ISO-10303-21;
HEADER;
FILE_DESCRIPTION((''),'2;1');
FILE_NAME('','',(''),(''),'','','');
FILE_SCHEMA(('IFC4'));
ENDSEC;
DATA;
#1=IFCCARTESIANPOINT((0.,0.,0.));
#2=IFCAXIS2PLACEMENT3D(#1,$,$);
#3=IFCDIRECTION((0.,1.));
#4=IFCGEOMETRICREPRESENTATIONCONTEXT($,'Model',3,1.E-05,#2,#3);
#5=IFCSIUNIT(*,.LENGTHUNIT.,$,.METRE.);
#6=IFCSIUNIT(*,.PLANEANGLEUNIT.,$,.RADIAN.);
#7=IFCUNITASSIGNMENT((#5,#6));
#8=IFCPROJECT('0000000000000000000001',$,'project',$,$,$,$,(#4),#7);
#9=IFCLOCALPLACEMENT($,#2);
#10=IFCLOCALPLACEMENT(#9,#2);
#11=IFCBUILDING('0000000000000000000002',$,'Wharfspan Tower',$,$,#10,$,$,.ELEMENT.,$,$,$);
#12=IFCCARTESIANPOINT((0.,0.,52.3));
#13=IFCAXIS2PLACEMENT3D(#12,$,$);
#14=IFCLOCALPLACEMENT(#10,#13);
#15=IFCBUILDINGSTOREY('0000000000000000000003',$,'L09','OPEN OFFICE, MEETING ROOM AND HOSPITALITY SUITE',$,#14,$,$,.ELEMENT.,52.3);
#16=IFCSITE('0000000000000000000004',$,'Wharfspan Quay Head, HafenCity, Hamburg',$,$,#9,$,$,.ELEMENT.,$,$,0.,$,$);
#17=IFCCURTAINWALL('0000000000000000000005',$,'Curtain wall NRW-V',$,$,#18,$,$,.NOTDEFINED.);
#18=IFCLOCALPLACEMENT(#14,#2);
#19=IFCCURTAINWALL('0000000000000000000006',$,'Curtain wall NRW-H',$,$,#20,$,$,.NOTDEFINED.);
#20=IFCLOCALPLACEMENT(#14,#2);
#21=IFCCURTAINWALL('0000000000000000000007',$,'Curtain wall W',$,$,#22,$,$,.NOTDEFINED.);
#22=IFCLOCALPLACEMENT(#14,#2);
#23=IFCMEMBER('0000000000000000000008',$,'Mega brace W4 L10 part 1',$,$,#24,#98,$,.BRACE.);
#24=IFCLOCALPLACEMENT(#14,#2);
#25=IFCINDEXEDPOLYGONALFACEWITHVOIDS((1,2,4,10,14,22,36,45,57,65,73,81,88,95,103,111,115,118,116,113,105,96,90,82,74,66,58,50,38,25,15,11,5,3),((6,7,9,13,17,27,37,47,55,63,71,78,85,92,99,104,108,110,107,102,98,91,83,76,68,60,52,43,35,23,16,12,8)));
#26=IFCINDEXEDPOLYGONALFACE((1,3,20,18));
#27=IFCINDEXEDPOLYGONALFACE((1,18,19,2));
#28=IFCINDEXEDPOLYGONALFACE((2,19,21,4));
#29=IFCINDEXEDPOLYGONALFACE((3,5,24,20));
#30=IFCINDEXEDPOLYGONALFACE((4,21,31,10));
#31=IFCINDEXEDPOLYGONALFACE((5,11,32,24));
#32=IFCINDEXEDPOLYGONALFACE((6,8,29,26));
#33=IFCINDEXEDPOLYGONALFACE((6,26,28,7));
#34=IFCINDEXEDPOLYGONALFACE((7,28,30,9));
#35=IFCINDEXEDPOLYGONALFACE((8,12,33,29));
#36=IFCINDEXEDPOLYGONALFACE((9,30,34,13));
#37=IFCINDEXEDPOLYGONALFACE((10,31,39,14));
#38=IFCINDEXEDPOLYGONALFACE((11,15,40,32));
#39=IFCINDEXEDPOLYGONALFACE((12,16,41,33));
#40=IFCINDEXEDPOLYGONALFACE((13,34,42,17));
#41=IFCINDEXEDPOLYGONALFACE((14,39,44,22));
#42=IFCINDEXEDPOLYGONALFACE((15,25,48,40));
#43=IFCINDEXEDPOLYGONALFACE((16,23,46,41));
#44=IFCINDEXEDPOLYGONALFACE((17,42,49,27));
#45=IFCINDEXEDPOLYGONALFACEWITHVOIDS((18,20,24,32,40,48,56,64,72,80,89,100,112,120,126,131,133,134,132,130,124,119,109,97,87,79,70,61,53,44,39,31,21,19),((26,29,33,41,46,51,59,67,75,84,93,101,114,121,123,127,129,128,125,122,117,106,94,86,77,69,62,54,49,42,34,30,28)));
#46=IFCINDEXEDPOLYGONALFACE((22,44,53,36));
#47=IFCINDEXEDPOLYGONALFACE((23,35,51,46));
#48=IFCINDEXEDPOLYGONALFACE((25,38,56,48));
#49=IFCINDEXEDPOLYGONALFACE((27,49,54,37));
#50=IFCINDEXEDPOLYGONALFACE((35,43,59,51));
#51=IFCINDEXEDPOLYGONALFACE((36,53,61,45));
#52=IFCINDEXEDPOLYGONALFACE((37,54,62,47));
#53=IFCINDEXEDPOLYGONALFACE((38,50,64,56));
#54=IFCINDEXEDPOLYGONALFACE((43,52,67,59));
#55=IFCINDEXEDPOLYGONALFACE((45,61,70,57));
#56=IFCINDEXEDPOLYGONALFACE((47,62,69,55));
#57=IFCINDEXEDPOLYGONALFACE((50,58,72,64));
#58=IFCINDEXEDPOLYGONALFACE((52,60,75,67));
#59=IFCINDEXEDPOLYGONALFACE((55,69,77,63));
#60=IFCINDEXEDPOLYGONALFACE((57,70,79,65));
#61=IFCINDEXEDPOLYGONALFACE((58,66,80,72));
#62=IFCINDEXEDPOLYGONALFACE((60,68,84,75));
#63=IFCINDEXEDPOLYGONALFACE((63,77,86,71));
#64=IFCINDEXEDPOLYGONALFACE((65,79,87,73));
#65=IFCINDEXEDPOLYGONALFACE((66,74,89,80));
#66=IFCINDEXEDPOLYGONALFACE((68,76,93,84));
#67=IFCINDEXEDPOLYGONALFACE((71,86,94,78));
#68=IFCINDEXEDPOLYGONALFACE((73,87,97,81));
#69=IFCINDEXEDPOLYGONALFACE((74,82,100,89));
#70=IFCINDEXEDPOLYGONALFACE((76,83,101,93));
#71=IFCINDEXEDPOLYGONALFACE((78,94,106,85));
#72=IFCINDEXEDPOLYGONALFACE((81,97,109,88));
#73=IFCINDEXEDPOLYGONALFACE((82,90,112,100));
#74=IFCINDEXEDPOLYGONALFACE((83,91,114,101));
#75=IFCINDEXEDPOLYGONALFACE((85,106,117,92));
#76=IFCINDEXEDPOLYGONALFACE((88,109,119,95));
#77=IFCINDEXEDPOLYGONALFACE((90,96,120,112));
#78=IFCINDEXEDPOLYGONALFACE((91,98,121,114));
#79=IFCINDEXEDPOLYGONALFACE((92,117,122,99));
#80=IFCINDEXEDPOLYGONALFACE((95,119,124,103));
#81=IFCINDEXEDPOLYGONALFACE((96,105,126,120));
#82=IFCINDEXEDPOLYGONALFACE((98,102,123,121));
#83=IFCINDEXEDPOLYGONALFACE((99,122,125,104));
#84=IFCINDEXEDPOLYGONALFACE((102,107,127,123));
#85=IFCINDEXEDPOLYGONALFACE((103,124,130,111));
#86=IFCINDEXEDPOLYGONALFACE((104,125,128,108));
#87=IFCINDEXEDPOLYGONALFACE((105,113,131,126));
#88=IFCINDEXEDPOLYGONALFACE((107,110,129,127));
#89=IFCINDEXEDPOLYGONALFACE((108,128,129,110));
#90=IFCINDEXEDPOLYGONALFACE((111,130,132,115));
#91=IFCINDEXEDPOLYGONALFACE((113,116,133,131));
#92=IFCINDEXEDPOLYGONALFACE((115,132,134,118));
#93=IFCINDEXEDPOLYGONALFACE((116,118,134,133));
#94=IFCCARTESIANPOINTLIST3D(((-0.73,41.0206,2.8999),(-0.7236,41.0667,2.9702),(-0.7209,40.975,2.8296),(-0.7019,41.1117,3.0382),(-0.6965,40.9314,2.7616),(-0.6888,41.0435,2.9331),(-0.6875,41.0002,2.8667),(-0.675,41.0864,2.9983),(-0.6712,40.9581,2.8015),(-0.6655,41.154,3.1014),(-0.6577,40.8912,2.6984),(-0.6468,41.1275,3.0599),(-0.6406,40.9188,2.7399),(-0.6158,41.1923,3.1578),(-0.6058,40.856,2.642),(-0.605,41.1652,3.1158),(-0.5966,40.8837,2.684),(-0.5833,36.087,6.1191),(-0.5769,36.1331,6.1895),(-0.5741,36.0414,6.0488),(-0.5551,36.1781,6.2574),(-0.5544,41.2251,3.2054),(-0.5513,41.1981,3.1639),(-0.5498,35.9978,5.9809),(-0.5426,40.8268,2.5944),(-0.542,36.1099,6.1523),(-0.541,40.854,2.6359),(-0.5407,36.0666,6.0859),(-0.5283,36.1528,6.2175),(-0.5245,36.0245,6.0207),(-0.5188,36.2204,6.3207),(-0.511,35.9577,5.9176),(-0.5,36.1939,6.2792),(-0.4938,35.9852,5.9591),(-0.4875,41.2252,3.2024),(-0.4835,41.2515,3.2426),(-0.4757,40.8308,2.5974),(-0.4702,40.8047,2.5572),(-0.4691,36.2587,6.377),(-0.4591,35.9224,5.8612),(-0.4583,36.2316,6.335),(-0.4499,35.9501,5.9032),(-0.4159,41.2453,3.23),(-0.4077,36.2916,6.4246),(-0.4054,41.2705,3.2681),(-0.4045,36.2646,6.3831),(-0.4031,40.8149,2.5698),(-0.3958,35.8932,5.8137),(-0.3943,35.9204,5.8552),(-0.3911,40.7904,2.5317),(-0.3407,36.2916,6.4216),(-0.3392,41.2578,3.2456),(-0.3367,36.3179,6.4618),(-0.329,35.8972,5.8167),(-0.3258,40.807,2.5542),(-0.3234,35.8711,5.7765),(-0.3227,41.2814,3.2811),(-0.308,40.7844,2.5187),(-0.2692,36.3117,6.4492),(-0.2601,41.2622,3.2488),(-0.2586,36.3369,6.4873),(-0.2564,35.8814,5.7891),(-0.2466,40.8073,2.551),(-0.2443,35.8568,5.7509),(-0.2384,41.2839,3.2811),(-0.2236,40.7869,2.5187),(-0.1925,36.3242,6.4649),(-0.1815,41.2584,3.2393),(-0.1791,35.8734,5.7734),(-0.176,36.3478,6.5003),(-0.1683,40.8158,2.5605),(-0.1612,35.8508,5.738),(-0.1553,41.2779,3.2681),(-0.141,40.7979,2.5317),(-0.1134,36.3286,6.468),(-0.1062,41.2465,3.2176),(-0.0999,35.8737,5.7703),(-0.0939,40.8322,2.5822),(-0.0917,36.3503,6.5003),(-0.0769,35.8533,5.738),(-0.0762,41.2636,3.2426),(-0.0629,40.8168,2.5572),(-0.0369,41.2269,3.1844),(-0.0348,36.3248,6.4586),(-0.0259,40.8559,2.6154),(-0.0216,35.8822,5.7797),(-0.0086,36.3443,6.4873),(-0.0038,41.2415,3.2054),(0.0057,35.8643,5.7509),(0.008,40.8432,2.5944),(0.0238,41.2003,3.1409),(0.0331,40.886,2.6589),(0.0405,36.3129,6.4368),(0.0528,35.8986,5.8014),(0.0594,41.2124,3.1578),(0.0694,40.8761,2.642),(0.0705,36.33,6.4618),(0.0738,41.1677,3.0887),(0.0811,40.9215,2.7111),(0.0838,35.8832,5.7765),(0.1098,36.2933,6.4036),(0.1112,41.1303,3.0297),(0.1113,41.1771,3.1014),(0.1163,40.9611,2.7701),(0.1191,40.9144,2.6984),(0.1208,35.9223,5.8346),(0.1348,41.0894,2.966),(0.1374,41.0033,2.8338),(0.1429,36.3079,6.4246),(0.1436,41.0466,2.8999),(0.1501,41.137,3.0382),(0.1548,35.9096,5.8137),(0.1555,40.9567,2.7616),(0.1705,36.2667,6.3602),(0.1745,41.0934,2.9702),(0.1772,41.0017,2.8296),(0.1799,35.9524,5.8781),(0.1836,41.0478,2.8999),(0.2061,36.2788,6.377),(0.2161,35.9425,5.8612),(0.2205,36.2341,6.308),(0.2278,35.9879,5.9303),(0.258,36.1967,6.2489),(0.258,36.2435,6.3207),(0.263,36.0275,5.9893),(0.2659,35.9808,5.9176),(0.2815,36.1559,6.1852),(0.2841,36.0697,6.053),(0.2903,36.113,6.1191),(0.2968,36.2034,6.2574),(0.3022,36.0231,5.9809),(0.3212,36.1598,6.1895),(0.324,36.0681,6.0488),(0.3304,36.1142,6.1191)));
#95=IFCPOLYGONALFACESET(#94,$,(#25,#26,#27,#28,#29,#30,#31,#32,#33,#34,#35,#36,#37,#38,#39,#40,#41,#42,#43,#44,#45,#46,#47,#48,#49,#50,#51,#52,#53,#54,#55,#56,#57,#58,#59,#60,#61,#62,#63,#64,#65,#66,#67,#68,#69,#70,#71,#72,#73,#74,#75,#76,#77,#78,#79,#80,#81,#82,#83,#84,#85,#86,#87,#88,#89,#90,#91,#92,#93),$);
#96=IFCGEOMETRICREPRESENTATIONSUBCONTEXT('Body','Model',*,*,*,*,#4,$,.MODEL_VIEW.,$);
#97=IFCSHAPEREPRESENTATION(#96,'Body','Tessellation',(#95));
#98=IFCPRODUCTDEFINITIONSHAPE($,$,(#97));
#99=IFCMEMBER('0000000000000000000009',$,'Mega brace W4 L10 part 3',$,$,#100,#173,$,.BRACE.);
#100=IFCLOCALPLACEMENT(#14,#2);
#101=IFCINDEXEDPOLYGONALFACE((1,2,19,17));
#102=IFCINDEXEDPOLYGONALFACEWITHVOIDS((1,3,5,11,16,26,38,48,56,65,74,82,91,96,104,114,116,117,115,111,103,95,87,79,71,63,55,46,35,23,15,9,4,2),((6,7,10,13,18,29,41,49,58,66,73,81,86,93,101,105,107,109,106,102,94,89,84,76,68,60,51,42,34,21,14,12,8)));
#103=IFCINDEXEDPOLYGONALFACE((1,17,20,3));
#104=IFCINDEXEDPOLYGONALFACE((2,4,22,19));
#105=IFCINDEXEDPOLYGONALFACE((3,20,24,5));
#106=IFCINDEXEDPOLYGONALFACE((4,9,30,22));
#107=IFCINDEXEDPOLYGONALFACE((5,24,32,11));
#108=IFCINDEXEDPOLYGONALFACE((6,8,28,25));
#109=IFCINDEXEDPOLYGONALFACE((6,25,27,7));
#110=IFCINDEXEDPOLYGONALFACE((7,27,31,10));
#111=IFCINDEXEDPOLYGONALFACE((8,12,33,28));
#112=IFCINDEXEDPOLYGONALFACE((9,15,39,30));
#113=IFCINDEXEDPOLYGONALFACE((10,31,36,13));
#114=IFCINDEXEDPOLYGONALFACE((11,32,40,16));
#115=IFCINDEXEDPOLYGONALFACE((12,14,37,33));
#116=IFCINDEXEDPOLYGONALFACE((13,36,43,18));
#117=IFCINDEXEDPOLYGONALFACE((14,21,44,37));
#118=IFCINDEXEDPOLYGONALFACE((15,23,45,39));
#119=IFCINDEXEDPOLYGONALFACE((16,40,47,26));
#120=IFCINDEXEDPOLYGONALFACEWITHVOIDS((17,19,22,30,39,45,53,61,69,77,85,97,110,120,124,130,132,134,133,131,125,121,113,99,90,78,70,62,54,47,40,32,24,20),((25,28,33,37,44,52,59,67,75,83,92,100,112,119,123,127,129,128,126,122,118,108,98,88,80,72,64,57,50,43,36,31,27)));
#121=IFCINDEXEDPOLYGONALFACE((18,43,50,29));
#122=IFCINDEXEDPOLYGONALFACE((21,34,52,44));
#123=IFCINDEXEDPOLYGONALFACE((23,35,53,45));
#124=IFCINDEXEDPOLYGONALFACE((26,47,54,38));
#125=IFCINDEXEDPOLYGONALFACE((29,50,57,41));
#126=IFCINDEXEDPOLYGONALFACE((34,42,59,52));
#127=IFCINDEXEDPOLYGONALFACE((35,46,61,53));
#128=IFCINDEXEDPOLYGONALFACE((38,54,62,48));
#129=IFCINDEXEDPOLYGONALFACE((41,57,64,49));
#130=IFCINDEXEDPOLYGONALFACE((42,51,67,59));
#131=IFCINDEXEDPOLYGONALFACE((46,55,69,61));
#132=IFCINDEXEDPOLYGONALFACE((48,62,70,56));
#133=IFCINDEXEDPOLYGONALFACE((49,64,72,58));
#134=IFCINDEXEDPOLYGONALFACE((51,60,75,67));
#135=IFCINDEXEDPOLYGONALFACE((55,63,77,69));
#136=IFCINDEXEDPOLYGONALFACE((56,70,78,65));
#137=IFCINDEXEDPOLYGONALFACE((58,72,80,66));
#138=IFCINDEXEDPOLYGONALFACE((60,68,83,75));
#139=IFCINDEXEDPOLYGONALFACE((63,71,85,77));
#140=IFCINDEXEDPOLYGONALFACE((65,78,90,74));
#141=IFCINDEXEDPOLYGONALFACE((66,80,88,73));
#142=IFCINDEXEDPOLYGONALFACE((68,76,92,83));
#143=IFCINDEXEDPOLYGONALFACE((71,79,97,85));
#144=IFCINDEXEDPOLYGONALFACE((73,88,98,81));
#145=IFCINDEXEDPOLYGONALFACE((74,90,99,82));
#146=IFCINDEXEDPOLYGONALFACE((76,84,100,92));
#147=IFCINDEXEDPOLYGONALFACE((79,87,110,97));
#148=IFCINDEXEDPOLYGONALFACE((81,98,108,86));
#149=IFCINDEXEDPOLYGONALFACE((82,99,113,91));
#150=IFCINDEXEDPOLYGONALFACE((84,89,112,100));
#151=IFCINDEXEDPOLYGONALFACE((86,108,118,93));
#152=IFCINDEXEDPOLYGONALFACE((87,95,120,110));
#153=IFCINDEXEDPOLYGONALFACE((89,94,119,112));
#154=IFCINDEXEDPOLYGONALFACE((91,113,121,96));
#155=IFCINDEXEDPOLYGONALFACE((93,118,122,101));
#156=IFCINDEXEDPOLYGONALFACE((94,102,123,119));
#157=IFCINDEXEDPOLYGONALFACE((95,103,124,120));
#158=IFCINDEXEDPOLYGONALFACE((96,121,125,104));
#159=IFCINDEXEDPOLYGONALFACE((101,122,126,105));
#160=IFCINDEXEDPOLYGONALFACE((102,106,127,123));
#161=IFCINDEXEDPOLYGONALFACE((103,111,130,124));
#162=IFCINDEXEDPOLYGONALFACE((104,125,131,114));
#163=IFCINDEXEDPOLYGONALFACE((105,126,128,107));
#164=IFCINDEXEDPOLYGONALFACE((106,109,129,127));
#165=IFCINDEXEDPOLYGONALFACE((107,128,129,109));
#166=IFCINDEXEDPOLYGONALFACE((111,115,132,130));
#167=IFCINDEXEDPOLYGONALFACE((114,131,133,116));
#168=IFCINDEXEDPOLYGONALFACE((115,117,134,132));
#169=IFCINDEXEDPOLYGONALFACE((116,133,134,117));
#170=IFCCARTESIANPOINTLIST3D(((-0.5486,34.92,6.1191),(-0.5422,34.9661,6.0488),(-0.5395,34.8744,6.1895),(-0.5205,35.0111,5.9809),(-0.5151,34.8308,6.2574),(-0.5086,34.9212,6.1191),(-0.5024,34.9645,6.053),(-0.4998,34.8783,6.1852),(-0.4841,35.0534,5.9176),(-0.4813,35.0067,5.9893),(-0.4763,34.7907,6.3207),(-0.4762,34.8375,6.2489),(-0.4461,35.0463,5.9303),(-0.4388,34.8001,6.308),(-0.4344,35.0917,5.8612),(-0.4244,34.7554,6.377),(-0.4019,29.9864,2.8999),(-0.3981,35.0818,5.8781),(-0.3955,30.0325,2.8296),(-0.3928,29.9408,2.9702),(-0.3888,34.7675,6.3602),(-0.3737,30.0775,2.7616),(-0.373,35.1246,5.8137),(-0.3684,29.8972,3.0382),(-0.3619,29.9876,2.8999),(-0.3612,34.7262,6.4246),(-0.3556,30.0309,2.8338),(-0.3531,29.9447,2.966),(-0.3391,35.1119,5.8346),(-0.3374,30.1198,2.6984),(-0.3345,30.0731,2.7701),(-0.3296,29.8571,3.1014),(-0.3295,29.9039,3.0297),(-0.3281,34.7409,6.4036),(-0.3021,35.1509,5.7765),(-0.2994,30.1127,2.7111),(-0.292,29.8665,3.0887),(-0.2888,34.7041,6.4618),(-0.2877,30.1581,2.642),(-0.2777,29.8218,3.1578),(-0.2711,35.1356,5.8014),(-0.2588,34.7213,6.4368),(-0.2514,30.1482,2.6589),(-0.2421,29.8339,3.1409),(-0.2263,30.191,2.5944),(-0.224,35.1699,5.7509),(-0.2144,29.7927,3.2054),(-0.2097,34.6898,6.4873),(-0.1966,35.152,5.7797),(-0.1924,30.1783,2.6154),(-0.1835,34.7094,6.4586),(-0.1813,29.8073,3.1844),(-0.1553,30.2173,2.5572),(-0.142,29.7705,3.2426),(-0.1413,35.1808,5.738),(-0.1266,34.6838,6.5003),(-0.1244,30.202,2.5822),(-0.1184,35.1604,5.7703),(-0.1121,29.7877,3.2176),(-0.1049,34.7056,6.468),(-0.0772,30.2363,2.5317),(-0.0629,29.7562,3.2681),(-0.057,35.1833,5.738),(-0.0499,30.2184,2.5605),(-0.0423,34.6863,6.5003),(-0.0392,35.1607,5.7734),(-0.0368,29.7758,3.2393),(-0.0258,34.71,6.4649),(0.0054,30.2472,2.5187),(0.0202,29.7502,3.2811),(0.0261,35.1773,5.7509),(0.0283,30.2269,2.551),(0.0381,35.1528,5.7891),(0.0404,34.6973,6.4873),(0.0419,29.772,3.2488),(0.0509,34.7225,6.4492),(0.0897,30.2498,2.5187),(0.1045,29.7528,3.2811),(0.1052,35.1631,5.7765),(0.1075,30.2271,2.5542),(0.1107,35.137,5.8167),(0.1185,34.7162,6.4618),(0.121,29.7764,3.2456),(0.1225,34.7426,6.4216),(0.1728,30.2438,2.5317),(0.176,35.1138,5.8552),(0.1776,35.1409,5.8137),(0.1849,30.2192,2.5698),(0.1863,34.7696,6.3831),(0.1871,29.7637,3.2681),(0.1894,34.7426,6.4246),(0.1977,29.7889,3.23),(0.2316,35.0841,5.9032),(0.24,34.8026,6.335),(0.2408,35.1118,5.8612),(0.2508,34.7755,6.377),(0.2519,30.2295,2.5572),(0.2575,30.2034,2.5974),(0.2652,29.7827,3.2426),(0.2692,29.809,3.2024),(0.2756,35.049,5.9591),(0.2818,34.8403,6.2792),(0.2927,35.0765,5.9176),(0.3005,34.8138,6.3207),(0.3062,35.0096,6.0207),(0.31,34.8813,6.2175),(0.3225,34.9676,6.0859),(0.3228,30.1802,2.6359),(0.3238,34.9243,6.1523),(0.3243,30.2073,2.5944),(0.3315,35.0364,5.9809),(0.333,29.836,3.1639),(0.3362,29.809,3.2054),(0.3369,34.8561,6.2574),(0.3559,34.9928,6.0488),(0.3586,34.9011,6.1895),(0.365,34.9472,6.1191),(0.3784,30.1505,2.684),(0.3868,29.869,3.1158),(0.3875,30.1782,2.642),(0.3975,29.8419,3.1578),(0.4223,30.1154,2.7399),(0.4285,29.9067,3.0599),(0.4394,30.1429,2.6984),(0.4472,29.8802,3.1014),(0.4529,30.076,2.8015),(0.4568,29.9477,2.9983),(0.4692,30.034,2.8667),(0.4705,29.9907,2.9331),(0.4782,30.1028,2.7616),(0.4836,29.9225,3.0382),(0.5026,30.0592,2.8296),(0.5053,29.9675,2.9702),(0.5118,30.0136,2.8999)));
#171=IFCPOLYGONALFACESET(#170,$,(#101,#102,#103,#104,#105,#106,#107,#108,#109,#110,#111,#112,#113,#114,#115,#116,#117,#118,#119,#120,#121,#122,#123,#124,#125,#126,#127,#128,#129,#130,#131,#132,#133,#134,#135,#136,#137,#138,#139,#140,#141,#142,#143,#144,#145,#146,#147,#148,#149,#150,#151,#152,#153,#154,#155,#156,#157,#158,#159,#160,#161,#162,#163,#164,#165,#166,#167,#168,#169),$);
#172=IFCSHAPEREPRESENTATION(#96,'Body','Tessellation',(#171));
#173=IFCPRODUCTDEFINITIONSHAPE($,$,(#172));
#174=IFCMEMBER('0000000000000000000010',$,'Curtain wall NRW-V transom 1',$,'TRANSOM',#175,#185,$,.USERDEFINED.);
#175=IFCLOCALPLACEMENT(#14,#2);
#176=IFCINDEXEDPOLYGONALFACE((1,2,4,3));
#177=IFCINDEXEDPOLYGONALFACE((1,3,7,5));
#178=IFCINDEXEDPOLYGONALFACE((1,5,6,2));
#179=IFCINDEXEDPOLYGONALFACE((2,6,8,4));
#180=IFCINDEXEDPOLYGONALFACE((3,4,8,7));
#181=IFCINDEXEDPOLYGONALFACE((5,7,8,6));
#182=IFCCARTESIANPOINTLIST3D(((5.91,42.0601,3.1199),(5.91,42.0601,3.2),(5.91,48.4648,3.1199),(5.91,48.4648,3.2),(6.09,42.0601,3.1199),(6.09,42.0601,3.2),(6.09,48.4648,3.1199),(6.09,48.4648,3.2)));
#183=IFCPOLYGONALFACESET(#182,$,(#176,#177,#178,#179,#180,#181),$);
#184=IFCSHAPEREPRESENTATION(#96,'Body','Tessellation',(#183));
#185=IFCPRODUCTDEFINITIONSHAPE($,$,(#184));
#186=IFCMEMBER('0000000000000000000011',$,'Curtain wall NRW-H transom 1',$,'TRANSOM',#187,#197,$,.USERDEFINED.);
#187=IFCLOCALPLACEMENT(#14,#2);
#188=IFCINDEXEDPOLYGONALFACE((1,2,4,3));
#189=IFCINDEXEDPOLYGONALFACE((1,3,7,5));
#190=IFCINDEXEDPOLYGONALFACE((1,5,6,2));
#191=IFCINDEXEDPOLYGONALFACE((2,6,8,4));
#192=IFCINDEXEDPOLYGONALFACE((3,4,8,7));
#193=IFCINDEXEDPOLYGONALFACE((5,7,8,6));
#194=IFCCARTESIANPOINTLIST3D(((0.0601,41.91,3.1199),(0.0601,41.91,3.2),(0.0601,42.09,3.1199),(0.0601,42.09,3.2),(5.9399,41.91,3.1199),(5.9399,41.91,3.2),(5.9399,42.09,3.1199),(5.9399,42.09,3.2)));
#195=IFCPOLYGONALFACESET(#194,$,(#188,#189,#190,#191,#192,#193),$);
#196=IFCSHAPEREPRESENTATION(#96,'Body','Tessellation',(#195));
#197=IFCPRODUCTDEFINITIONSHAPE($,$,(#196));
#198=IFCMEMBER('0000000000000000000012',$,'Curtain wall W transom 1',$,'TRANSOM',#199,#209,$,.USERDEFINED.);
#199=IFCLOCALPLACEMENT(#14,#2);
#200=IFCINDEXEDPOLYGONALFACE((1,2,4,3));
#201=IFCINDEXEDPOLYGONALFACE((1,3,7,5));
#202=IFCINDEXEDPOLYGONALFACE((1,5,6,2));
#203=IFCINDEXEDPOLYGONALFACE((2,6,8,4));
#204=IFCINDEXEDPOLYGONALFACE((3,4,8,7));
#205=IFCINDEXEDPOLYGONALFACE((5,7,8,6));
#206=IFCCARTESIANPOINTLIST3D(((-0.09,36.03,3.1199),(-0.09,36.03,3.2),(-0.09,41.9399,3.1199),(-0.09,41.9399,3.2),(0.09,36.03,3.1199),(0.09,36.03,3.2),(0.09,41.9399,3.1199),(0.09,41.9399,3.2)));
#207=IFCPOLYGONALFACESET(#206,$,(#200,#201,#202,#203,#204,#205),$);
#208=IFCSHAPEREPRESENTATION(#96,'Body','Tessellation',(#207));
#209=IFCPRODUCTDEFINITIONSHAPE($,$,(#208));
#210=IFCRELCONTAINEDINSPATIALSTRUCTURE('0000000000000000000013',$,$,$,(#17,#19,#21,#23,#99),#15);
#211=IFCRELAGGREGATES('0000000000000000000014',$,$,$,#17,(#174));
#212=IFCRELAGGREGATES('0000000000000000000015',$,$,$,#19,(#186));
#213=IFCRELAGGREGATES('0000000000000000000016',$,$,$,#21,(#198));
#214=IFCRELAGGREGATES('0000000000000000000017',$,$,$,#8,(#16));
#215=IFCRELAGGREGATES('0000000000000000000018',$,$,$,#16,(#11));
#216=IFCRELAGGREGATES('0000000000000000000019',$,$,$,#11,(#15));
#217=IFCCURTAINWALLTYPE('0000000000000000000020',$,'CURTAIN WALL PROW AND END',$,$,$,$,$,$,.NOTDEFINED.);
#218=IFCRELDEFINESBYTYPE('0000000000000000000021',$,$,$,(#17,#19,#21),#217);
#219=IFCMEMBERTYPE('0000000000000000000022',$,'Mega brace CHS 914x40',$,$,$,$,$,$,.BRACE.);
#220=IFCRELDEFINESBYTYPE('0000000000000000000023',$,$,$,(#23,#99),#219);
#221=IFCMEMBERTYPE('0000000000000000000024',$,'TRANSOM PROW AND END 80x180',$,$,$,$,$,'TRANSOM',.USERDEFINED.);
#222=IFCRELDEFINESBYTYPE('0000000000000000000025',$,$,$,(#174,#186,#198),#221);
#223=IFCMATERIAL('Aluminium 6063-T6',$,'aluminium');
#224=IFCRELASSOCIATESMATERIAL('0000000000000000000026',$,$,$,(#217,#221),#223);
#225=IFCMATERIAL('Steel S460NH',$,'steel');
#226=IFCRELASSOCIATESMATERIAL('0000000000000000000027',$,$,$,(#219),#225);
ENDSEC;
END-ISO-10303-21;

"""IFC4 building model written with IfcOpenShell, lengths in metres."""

from ifc_helpers import new_model, si_unit, direction, frame, origin, origin_2d, place, context, subcontext, project, spatial, rectangle, hollow_circle, extrude, material, material_profile, profile_set, type_object, element, aggregate, save


model = new_model("IFC4")

# Units and contexts
model_context = context("Model", 3, precision=1e-05, world=origin(), true_north=direction((0.0, 1.0)))
body_context = subcontext(model_context, "Body", "Model", "MODEL_VIEW")
ifc_project = project(units=[si_unit("LENGTHUNIT", "METRE"), si_unit("PLANEANGLEUNIT", "RADIAN")], contexts=[model_context])

# Site, building, storey
site_placement = place(None, origin())
site = spatial("IfcSite", under=ifc_project, at=site_placement, Name="Wharfspan Quay Head, HafenCity, Hamburg", CompositionType="ELEMENT", RefElevation=0.0)
building_placement = place(site_placement, origin())
building = spatial("IfcBuilding", under=site, at=building_placement, Name="Wharfspan Tower", CompositionType="ELEMENT")
storey_placement = place(building_placement, frame((0.0, 0.0, 52.3)))
storey = spatial("IfcBuildingStorey", under=building, at=storey_placement, Name="L09", Description="OPEN OFFICE, MEETING ROOM AND HOSPITALITY SUITE", CompositionType="ELEMENT", Elevation=52.3)

# Curtain walls
ifc_material_1 = material(Name="Aluminium 6063-T6", Category="aluminium")
curtain_wall_type = type_object("IfcCurtainWallType", Name="CURTAIN WALL PROW AND END", PredefinedType="NOTDEFINED", material=ifc_material_1)
curtain_wall_1_placement = place(storey_placement, origin())
curtain_wall_1 = element("IfcCurtainWall", 1, at=curtain_wall_1_placement, inside=storey, type_object=curtain_wall_type, Name="Curtain wall NRW-V", PredefinedType="NOTDEFINED")
curtain_wall_2_placement = place(storey_placement, origin())
curtain_wall_2 = element("IfcCurtainWall", 2, at=curtain_wall_2_placement, inside=storey, type_object=curtain_wall_type, Name="Curtain wall NRW-H", PredefinedType="NOTDEFINED")
curtain_wall_3_placement = place(storey_placement, origin())
curtain_wall_3 = element("IfcCurtainWall", 3, at=curtain_wall_3_placement, inside=storey, type_object=curtain_wall_type, Name="Curtain wall W", PredefinedType="NOTDEFINED")

# Members
ifc_material_2 = material(Name="Steel S460NH", Category="steel")
ifc_material_profile_1 = material_profile(ifc_material_2, hollow_circle(Radius=0.457, WallThickness=0.04, at=origin_2d()))
ifc_profile_set_1 = profile_set([ifc_material_profile_1], Name="Steel S460NH")
member_type_1 = type_object("IfcMemberType", Name="Mega brace CHS 914x40", PredefinedType="BRACE", material=ifc_profile_set_1)
for number, where, z_axis, x_axis, name in (
    (4, (-0.2732, 41.0342, 2.8999), (0.0249, -0.837221, 0.546298), (0.999556, 0.02973, 0.000003), "Mega brace W4 L10 part 1"),
    (5, (0.0549, 30.0, 2.8999), (-0.0249, 0.837221, 0.546298), (-0.999556, -0.02973, 0.000003), "Mega brace W4 L10 part 3"),
):
    element("IfcMember", number, at=place(storey_placement, frame(where, z_axis=z_axis, x_axis=x_axis)), inside=storey, type_object=member_type_1, Name=name, PredefinedType="BRACE", context=body_context, shape_type="SweptSolid", body=[
        extrude(hollow_circle(Radius=0.457, WallThickness=0.04, at=origin_2d()), origin(), (0.0, 0.0, 1.0), 5.8928),
    ])

# Members
ifc_material_profile_2 = material_profile(ifc_material_1, rectangle(XDim=0.1799, YDim=0.0801, at=origin_2d()))
ifc_profile_set_2 = profile_set([ifc_material_profile_2], Name="Aluminium 6063-T6")
member_type_2 = type_object("IfcMemberType", Name="TRANSOM PROW AND END 80x180", ElementType="TRANSOM", PredefinedType="USERDEFINED", material=ifc_profile_set_2)
member_1_placement = place(storey_placement, frame((6.0, 48.4648, 3.1599), z_axis=(0.0, -1.0, 0.0), x_axis=(1.0, 0.0, 0.0)))
member_1 = element("IfcMember", 6, at=member_1_placement, type_object=member_type_2, Name="Curtain wall NRW-V transom 1", ObjectType="TRANSOM", PredefinedType="USERDEFINED", context=body_context, shape_type="SweptSolid", body=[
    extrude(rectangle(XDim=0.1799, YDim=0.0801, at=origin_2d()), origin(), (0.0, 0.0, 1.0), 6.4048),
])
member_2_placement = place(storey_placement, frame((5.9399, 42.0, 3.1599), z_axis=(-1.0, 0.0, 0.0), x_axis=(0.0, -1.0, 0.0)))
member_2 = element("IfcMember", 7, at=member_2_placement, type_object=member_type_2, Name="Curtain wall NRW-H transom 1", ObjectType="TRANSOM", PredefinedType="USERDEFINED", context=body_context, shape_type="SweptSolid", body=[
    extrude(rectangle(XDim=0.1799, YDim=0.0801, at=origin_2d()), origin(), (0.0, 0.0, 1.0), 5.8799),
])
member_3_placement = place(storey_placement, frame((0.0, 41.9399, 3.1599), z_axis=(0.0, -1.0, 0.0), x_axis=(1.0, 0.0, 0.0)))
member_3 = element("IfcMember", 8, at=member_3_placement, type_object=member_type_2, Name="Curtain wall W transom 1", ObjectType="TRANSOM", PredefinedType="USERDEFINED", context=body_context, shape_type="SweptSolid", body=[
    extrude(rectangle(XDim=0.1799, YDim=0.0801, at=origin_2d()), origin(), (0.0, 0.0, 1.0), 5.9099),
])

aggregate(curtain_wall_1, [member_1])
aggregate(curtain_wall_2, [member_2])
aggregate(curtain_wall_3, [member_3])

save(model, "model.ifc")
